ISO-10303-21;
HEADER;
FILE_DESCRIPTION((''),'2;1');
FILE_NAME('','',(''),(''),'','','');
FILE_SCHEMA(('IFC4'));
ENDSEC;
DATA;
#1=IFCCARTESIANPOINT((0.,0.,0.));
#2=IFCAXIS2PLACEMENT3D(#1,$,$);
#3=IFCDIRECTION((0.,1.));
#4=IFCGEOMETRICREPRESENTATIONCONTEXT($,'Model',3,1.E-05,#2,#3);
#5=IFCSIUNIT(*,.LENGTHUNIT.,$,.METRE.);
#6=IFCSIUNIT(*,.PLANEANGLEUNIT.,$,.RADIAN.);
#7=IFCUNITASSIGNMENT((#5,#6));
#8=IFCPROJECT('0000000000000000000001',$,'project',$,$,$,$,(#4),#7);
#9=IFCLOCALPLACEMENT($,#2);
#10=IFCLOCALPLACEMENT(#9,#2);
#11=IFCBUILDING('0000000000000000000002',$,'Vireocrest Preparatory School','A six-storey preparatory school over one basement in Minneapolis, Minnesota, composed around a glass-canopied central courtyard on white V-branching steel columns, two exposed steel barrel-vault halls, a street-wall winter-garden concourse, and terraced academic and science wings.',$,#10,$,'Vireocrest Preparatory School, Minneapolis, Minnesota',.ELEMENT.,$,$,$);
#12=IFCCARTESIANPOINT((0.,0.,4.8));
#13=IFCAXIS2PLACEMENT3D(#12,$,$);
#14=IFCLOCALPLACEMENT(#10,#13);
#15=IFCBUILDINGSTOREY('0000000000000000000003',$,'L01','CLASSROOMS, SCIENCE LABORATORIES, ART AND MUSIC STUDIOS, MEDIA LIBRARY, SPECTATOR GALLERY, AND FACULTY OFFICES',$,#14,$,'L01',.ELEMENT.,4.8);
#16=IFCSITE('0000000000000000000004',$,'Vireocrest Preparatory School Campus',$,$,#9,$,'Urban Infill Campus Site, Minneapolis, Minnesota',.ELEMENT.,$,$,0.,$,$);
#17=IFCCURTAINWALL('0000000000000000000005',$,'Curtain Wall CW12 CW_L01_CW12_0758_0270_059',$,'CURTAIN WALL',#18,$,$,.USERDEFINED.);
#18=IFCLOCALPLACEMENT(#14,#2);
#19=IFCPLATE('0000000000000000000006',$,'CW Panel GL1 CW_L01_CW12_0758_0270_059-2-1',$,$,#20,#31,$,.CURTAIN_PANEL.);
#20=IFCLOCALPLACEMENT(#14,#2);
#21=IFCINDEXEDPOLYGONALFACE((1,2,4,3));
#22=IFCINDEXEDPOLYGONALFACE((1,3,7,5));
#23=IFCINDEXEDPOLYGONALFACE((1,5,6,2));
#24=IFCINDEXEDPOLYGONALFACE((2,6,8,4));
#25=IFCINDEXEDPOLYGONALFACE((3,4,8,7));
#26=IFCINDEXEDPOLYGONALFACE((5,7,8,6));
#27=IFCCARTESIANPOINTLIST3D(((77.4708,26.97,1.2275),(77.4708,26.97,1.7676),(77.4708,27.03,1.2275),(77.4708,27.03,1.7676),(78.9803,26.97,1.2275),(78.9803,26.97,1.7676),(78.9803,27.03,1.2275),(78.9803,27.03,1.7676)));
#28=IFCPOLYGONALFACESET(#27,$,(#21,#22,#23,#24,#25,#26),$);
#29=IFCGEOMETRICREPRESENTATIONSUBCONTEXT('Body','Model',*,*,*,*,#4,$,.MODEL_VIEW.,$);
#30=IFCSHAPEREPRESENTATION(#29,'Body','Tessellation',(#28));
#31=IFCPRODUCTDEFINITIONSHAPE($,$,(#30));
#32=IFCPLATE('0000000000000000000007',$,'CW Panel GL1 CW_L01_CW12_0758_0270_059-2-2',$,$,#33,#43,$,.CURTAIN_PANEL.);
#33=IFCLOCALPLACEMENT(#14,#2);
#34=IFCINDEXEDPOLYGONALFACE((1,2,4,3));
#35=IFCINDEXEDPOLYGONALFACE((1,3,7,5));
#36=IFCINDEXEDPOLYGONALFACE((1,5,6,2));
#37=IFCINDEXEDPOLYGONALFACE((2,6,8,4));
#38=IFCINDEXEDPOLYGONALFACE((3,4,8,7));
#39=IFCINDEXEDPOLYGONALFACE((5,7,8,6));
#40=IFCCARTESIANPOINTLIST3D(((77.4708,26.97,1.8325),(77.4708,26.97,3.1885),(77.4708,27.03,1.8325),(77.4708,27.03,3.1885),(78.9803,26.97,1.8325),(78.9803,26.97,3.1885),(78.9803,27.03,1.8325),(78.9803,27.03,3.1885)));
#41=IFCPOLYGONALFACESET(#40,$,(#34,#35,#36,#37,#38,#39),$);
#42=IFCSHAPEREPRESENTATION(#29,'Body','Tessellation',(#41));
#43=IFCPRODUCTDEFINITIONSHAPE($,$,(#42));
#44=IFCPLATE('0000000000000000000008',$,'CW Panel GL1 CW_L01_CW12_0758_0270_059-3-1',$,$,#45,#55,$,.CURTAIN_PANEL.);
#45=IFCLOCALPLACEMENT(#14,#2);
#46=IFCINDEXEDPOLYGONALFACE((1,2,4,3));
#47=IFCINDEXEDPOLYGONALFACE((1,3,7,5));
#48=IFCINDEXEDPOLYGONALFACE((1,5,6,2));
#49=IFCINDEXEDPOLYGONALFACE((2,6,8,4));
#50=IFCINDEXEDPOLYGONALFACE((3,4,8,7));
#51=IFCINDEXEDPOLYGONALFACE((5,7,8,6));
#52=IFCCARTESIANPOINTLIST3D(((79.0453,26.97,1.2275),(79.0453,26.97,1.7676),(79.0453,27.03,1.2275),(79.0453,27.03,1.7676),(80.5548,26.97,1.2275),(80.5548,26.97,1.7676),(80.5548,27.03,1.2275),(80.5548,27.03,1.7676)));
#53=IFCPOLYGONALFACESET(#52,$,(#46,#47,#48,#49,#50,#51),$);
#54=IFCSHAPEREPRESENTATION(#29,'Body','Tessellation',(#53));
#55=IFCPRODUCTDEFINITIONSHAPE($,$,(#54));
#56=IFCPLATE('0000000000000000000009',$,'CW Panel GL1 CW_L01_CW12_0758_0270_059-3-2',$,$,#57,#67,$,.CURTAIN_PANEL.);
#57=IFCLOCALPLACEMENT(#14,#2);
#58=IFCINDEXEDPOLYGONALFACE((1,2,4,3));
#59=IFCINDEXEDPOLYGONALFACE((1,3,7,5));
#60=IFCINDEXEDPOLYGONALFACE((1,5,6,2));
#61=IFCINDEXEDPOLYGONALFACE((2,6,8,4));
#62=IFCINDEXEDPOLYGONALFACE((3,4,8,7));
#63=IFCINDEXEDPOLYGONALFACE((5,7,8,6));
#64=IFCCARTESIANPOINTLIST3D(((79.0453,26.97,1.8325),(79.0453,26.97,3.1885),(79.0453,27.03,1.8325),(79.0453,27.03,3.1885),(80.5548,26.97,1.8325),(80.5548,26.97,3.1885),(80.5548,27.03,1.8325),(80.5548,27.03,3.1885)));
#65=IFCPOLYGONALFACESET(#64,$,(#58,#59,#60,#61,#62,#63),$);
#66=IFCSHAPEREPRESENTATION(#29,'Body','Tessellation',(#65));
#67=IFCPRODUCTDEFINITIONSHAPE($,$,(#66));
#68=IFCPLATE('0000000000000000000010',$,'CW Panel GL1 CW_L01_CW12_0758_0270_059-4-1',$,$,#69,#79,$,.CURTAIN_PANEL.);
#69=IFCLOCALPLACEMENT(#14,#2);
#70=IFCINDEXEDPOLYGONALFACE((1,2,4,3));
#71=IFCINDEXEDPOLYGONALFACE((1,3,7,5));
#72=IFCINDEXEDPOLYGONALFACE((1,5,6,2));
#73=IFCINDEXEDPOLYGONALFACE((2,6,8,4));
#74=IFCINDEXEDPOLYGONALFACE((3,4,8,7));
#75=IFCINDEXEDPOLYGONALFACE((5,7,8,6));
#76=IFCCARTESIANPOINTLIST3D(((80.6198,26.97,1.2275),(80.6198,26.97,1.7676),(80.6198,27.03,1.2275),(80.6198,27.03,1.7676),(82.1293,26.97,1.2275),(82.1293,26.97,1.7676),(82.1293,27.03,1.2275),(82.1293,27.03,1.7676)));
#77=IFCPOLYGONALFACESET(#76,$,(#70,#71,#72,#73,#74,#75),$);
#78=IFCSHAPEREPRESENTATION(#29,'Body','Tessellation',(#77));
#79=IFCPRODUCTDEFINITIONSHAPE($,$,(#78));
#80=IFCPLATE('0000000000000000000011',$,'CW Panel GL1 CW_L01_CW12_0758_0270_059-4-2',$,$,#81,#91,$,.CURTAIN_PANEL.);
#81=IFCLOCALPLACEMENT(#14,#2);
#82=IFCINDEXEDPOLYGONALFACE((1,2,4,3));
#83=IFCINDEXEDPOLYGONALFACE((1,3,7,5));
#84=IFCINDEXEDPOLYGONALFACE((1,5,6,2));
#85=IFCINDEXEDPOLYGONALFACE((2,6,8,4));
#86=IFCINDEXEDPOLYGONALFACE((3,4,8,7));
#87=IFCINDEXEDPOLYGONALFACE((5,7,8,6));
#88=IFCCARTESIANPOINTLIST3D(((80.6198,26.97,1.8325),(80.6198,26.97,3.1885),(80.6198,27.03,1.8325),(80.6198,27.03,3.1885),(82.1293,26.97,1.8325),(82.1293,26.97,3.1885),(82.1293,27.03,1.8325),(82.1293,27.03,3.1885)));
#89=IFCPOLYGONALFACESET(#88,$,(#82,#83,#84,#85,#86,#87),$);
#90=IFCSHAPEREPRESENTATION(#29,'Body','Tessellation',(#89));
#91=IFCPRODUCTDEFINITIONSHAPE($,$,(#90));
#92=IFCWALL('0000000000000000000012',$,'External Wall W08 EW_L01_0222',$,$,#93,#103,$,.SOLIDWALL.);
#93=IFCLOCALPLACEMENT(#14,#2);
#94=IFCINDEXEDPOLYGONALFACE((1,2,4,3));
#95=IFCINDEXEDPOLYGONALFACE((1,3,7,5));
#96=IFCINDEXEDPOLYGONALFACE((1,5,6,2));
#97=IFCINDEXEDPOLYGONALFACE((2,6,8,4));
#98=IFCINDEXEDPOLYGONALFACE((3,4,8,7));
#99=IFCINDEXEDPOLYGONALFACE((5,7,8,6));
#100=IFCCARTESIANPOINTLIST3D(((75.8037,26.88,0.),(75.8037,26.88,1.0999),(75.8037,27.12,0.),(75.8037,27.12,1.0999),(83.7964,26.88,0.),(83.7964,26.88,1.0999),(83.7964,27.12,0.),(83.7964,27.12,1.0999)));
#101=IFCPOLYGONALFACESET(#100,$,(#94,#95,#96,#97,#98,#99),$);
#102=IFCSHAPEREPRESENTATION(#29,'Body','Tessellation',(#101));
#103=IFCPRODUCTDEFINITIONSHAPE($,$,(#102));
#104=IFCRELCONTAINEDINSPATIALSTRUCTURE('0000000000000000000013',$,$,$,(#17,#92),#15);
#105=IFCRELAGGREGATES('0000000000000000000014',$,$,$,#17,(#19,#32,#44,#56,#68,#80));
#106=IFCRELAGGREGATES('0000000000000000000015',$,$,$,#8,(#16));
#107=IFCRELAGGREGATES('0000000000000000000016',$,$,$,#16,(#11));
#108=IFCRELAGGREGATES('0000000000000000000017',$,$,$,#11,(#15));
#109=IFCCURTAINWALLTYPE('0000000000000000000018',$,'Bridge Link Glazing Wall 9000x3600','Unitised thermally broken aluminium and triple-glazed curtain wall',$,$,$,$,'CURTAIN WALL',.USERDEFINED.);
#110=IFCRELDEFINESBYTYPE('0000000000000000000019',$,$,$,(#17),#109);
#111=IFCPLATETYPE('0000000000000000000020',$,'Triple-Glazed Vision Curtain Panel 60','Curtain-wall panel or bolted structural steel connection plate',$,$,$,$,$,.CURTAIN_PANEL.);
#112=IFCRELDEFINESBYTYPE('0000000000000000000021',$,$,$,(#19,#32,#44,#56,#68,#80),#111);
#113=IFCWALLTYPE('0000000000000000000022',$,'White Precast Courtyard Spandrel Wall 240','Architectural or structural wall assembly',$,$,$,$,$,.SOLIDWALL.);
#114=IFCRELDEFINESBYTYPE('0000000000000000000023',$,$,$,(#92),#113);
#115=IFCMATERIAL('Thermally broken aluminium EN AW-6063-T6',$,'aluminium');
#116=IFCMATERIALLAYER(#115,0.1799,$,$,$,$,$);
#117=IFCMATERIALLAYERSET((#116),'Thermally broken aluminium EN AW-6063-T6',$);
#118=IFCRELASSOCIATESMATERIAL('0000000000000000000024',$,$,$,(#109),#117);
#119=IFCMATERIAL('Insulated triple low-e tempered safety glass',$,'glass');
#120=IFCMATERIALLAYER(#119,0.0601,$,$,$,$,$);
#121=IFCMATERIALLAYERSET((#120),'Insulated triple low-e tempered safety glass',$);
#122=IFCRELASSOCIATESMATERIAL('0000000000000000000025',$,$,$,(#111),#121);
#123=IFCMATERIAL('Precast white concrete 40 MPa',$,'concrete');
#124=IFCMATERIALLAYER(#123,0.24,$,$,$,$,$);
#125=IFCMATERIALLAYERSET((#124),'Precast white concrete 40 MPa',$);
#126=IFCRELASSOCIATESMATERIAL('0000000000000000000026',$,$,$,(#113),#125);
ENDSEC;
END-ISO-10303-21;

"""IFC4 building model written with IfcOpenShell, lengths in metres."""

from ifc_helpers import new_model, si_unit, direction, frame, frame_2d, origin, origin_2d, place, context, subcontext, project, spatial, rectangle, extrude, material, layer, layer_set, type_object, element, aggregate, save


model = new_model("IFC4")

# Units and contexts
model_context = context("Model", 3, precision=1e-05, world=origin(), true_north=direction((0.0, 1.0)))
body_context = subcontext(model_context, "Body", "Model", "MODEL_VIEW")
ifc_project = project(units=[si_unit("LENGTHUNIT", "METRE"), si_unit("PLANEANGLEUNIT", "RADIAN")], contexts=[model_context])

# Site, building, storey
site_placement = place(None, origin())
site = spatial("IfcSite", under=ifc_project, at=site_placement, Name="Vireocrest Preparatory School Campus", LongName="Urban Infill Campus Site, Minneapolis, Minnesota", CompositionType="ELEMENT", RefElevation=0.0)
building_placement = place(site_placement, origin())
building = spatial("IfcBuilding", under=site, at=building_placement, Name="Vireocrest Preparatory School", Description="A six-storey preparatory school over one basement in Minneapolis, Minnesota, composed around a glass-canopied central courtyard on white V-branching steel columns, two exposed steel barrel-vault halls, a street-wall winter-garden concourse, and terraced academic and science wings.", LongName="Vireocrest Preparatory School, Minneapolis, Minnesota", CompositionType="ELEMENT")
storey_placement = place(building_placement, frame((0.0, 0.0, 4.8)))
storey = spatial("IfcBuildingStorey", under=building, at=storey_placement, Name="L01", Description="CLASSROOMS, SCIENCE LABORATORIES, ART AND MUSIC STUDIOS, MEDIA LIBRARY, SPECTATOR GALLERY, AND FACULTY OFFICES", LongName="L01", CompositionType="ELEMENT", Elevation=4.8)

# Curtain wall
ifc_material_1 = material(Name="Thermally broken aluminium EN AW-6063-T6", Category="aluminium")
ifc_layer_1 = layer(ifc_material_1, 0.1799)
ifc_layer_set_1 = layer_set([ifc_layer_1], Name="Thermally broken aluminium EN AW-6063-T6")
curtain_wall_type = type_object("IfcCurtainWallType", Name="Bridge Link Glazing Wall 9000x3600", Description="Unitised thermally broken aluminium and triple-glazed curtain wall", ElementType="CURTAIN WALL", PredefinedType="USERDEFINED", material=ifc_layer_set_1)
curtain_wall_1_placement = place(storey_placement, origin())
curtain_wall_1 = element("IfcCurtainWall", 1, at=curtain_wall_1_placement, inside=storey, type_object=curtain_wall_type, Name="Curtain Wall CW12 CW_L01_CW12_0758_0270_059", ObjectType="CURTAIN WALL", PredefinedType="USERDEFINED")

# Plates
ifc_material_2 = material(Name="Insulated triple low-e tempered safety glass", Category="glass")
ifc_layer_2 = layer(ifc_material_2, 0.0601)
ifc_layer_set_2 = layer_set([ifc_layer_2], Name="Insulated triple low-e tempered safety glass")
plate_type = type_object("IfcPlateType", Name="Triple-Glazed Vision Curtain Panel 60", Description="Curtain-wall panel or bolted structural steel connection plate", PredefinedType="CURTAIN_PANEL", material=ifc_layer_set_2)
plate_1_placement = place(storey_placement, frame((78.2256, 27.0, 1.2275), z_axis=(0.0, 0.0, 1.0), x_axis=(1.0, 0.0, 0.0)))
plate_1 = element("IfcPlate", 2, at=plate_1_placement, type_object=plate_type, Name="CW Panel GL1 CW_L01_CW12_0758_0270_059-2-1", PredefinedType="CURTAIN_PANEL", context=body_context, shape_type="SweptSolid", body=[
    extrude(rectangle(XDim=1.5095, YDim=0.0601, at=origin_2d()), origin(), (0.0, 0.0, 1.0), 0.54),
])
plate_2_placement = place(storey_placement, frame((78.2256, 27.0, 1.8325), z_axis=(0.0, 0.0, 1.0), x_axis=(1.0, 0.0, 0.0)))
plate_2 = element("IfcPlate", 3, at=plate_2_placement, type_object=plate_type, Name="CW Panel GL1 CW_L01_CW12_0758_0270_059-2-2", PredefinedType="CURTAIN_PANEL", context=body_context, shape_type="SweptSolid", body=[
    extrude(rectangle(XDim=1.5095, YDim=0.0601, at=origin_2d()), origin(), (0.0, 0.0, 1.0), 1.356),
])
plate_3_placement = place(storey_placement, frame((79.8, 27.0, 1.2275), z_axis=(0.0, 0.0, 1.0), x_axis=(1.0, 0.0, 0.0)))
plate_3 = element("IfcPlate", 4, at=plate_3_placement, type_object=plate_type, Name="CW Panel GL1 CW_L01_CW12_0758_0270_059-3-1", PredefinedType="CURTAIN_PANEL", context=body_context, shape_type="SweptSolid", body=[
    extrude(rectangle(XDim=1.5095, YDim=0.0601, at=origin_2d()), origin(), (0.0, 0.0, 1.0), 0.54),
])
plate_4_placement = place(storey_placement, frame((79.8, 27.0, 1.8325), z_axis=(0.0, 0.0, 1.0), x_axis=(1.0, 0.0, 0.0)))
plate_4 = element("IfcPlate", 5, at=plate_4_placement, type_object=plate_type, Name="CW Panel GL1 CW_L01_CW12_0758_0270_059-3-2", PredefinedType="CURTAIN_PANEL", context=body_context, shape_type="SweptSolid", body=[
    extrude(rectangle(XDim=1.5095, YDim=0.0601, at=origin_2d()), origin(), (0.0, 0.0, 1.0), 1.356),
])
plate_5_placement = place(storey_placement, frame((81.3745, 27.0, 1.2275), z_axis=(0.0, 0.0, 1.0), x_axis=(1.0, 0.0, 0.0)))
plate_5 = element("IfcPlate", 6, at=plate_5_placement, type_object=plate_type, Name="CW Panel GL1 CW_L01_CW12_0758_0270_059-4-1", PredefinedType="CURTAIN_PANEL", context=body_context, shape_type="SweptSolid", body=[
    extrude(rectangle(XDim=1.5095, YDim=0.0601, at=origin_2d()), origin(), (0.0, 0.0, 1.0), 0.54),
])
plate_6_placement = place(storey_placement, frame((81.3745, 27.0, 1.8325), z_axis=(0.0, 0.0, 1.0), x_axis=(1.0, 0.0, 0.0)))
plate_6 = element("IfcPlate", 7, at=plate_6_placement, type_object=plate_type, Name="CW Panel GL1 CW_L01_CW12_0758_0270_059-4-2", PredefinedType="CURTAIN_PANEL", context=body_context, shape_type="SweptSolid", body=[
    extrude(rectangle(XDim=1.5095, YDim=0.0601, at=origin_2d()), origin(), (0.0, 0.0, 1.0), 1.356),
])
aggregate(curtain_wall_1, [plate_1, plate_2, plate_3, plate_4, plate_5, plate_6])

# Wall
ifc_material_3 = material(Name="Precast white concrete 40 MPa", Category="concrete")
ifc_layer_3 = layer(ifc_material_3, 0.24)
ifc_layer_set_3 = layer_set([ifc_layer_3], Name="Precast white concrete 40 MPa")
wall_type = type_object("IfcWallType", Name="White Precast Courtyard Spandrel Wall 240", Description="Architectural or structural wall assembly", PredefinedType="SOLIDWALL", material=ifc_layer_set_3)
wall_placement = place(storey_placement, frame((75.8037, 27.0, 0.0), z_axis=(0.0, 0.0, 1.0), x_axis=(1.0, 0.0, 0.0)))
element("IfcWall", 8, at=wall_placement, inside=storey, type_object=wall_type, Name="External Wall W08 EW_L01_0222", PredefinedType="SOLIDWALL", context=body_context, shape_type="SweptSolid", body=[
    extrude(rectangle(XDim=7.9927, YDim=0.24, at=frame_2d((3.9963, 0.0))), origin(), (0.0, 0.0, 1.0), 1.0999),
])

save(model, "model.ifc")
